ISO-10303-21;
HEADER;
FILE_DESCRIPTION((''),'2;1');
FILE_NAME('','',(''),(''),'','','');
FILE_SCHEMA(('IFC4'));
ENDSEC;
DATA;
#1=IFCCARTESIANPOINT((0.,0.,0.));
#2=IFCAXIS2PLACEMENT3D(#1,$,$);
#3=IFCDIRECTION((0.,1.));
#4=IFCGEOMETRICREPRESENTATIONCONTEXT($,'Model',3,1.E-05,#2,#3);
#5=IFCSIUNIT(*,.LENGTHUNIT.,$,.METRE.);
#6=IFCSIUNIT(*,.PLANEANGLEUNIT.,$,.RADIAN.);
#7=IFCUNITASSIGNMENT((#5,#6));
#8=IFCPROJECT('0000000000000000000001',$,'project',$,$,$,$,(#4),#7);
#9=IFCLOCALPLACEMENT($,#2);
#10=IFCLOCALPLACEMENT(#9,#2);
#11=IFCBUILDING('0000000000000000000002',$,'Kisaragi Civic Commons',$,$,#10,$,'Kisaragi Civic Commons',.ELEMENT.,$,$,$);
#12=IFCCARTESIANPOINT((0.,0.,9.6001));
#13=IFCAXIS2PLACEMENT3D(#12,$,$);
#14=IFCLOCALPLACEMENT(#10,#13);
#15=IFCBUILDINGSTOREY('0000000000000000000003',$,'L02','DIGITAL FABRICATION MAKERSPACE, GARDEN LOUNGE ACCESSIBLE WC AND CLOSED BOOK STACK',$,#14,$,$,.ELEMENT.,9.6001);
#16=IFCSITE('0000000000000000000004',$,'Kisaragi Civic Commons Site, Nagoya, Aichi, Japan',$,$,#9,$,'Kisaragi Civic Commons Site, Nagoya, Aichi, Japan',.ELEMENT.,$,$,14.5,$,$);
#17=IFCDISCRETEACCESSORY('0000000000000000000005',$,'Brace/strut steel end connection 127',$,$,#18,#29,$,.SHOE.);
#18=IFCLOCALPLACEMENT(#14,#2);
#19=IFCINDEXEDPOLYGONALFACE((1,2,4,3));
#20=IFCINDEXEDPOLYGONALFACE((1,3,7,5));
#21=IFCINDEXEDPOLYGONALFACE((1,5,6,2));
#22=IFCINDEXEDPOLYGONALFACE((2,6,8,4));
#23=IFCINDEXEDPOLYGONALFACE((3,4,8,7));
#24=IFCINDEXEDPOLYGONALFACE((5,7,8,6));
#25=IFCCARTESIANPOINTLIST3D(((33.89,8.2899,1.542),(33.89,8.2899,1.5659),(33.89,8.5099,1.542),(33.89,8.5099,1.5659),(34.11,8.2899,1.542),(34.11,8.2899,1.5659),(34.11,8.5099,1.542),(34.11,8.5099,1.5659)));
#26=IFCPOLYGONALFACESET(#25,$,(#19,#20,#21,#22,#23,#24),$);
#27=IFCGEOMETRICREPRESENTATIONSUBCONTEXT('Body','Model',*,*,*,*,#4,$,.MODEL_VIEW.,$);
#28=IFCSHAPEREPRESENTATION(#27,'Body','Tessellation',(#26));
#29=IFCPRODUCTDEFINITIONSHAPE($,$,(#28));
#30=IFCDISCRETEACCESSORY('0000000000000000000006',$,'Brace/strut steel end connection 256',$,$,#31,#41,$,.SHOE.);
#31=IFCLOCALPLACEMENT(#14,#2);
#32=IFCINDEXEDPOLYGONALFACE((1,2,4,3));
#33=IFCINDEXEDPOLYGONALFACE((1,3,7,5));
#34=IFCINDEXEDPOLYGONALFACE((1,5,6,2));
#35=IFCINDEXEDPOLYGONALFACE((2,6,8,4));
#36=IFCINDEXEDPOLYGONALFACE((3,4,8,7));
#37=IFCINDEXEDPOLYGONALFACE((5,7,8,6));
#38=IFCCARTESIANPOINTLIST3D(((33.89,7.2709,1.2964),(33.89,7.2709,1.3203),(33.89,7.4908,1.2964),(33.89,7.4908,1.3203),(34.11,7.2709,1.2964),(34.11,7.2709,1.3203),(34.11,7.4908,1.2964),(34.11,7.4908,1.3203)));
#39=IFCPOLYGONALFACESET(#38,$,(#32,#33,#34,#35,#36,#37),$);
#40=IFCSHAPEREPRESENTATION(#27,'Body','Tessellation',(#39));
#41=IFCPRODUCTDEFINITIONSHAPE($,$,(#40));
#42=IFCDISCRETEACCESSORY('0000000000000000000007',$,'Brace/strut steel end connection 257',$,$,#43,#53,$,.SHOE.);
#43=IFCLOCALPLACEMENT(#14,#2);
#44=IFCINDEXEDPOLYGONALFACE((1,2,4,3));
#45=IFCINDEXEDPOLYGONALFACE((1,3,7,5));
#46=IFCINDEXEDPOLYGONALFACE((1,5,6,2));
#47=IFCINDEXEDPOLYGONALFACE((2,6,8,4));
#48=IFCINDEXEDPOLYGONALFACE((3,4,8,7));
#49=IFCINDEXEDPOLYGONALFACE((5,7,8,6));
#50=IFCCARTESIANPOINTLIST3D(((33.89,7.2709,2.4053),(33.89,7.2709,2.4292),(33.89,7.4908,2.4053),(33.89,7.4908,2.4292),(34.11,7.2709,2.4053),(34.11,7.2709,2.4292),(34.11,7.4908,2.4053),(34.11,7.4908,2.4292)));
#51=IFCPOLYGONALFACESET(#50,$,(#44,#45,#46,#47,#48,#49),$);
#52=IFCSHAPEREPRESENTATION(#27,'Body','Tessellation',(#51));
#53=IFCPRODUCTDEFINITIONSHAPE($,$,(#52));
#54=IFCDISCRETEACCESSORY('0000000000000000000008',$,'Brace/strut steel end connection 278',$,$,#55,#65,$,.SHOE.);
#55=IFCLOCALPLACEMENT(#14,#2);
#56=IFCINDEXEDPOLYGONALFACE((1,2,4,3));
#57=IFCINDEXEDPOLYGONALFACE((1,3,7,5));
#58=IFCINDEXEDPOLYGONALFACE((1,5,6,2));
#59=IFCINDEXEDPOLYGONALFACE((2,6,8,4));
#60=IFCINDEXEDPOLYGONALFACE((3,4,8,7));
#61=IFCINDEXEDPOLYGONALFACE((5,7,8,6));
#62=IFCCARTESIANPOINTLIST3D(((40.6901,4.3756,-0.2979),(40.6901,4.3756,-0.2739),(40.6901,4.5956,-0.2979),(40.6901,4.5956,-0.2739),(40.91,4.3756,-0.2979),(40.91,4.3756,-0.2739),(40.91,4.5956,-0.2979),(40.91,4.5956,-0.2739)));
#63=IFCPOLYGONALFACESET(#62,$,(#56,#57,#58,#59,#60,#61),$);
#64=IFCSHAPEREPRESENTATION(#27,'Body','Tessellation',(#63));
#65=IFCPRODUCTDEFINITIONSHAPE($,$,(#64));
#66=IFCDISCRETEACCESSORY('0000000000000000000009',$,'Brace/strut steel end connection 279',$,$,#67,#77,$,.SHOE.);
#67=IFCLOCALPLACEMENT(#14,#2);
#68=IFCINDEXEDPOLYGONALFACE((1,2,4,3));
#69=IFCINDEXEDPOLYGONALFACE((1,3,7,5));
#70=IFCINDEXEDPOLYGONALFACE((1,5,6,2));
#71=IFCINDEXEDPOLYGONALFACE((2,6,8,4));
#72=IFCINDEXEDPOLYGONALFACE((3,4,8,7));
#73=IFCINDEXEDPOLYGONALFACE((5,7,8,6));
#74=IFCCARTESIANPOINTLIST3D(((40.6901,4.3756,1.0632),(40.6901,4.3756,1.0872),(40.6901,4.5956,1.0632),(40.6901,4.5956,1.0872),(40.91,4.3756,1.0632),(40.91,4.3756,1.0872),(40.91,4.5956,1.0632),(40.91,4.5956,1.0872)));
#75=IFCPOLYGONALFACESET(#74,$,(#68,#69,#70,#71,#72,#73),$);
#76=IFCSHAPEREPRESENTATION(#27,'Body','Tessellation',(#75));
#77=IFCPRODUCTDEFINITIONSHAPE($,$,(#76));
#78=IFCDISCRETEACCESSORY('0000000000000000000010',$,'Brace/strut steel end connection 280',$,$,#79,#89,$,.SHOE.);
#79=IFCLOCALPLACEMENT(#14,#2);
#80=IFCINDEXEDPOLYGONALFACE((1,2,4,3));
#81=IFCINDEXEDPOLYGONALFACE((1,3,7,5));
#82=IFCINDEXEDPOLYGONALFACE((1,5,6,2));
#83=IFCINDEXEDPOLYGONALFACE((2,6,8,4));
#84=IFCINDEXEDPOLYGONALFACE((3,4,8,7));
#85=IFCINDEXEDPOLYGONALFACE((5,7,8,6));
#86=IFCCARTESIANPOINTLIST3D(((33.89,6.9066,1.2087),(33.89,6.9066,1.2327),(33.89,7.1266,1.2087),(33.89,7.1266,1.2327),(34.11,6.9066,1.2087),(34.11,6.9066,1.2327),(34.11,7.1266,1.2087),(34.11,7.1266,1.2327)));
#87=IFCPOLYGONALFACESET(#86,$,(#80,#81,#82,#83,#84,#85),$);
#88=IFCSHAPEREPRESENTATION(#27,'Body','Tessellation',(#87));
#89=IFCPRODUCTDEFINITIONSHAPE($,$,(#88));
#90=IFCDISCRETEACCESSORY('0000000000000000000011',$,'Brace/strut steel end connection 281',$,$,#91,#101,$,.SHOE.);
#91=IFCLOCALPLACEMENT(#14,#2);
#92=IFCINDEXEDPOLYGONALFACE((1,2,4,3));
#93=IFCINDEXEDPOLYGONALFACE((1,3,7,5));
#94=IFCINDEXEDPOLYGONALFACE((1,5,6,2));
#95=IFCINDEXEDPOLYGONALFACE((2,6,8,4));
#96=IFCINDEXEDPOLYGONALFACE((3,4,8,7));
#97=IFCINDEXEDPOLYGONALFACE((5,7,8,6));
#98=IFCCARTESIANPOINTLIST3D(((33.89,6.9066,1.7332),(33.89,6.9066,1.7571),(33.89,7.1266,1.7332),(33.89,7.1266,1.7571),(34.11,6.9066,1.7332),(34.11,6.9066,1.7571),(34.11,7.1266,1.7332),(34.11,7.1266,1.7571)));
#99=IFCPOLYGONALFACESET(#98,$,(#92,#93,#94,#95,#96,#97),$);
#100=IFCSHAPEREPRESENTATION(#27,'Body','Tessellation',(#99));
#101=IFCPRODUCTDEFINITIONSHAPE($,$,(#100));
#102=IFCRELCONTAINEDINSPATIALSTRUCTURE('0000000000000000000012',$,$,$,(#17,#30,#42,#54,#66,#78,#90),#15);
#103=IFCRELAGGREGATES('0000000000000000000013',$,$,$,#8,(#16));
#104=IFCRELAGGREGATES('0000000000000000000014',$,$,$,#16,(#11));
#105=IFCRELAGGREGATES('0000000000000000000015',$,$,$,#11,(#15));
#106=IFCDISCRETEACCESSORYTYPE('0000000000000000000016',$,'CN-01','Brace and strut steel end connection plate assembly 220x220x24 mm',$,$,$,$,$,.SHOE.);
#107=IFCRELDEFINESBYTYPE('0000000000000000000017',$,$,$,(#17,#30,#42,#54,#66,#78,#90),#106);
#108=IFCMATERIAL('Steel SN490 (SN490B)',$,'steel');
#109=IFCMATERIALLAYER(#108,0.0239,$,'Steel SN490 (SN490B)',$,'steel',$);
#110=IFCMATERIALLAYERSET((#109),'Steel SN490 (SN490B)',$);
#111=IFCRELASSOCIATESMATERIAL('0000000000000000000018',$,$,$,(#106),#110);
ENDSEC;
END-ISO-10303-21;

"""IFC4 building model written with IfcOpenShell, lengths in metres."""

from ifc_helpers import new_model, si_unit, direction, frame, origin, origin_2d, place, context, subcontext, project, spatial, rectangle, extrude, material, layer, layer_set, type_object, element, save


model = new_model("IFC4")

# Units and contexts
model_context = context("Model", 3, precision=1e-05, world=origin(), true_north=direction((0.0, 1.0)))
body_context = subcontext(model_context, "Body", "Model", "MODEL_VIEW")
ifc_project = project(units=[si_unit("LENGTHUNIT", "METRE"), si_unit("PLANEANGLEUNIT", "RADIAN")], contexts=[model_context])

# Site, building, storey
site_placement = place(None, origin())
site = spatial("IfcSite", under=ifc_project, at=site_placement, Name="Kisaragi Civic Commons Site, Nagoya, Aichi, Japan", LongName="Kisaragi Civic Commons Site, Nagoya, Aichi, Japan", CompositionType="ELEMENT", RefElevation=14.5)
building_placement = place(site_placement, origin())
building = spatial("IfcBuilding", under=site, at=building_placement, Name="Kisaragi Civic Commons", LongName="Kisaragi Civic Commons", CompositionType="ELEMENT")
storey_placement = place(building_placement, frame((0.0, 0.0, 9.6001)))
storey = spatial("IfcBuildingStorey", under=building, at=storey_placement, Name="L02", Description="DIGITAL FABRICATION MAKERSPACE, GARDEN LOUNGE ACCESSIBLE WC AND CLOSED BOOK STACK", CompositionType="ELEMENT", Elevation=9.6001)

# Shared definitions
ifc_material_1 = material(Name="Steel SN490 (SN490B)", Category="steel")

# Discrete accessories
ifc_layer_1 = layer(ifc_material_1, 0.0239, Name="Steel SN490 (SN490B)", Category="steel")
ifc_layer_set_1 = layer_set([ifc_layer_1], Name="Steel SN490 (SN490B)")
discrete_accessory_type = type_object("IfcDiscreteAccessoryType", Name="CN-01", Description="Brace and strut steel end connection plate assembly 220x220x24 mm", PredefinedType="SHOE", material=ifc_layer_set_1)
for number, where, z_axis, x_axis, name in (
    (1, (34.0, 8.3999, 1.542), (0.0, 0.0, 1.0), (1.0, 0.0, 0.0), "Brace/strut steel end connection 127"),
    (2, (34.0, 7.3809, 1.2964), (0.0, 0.0, 1.0), (1.0, 0.0, 0.0), "Brace/strut steel end connection 256"),
    (3, (34.0, 7.3809, 2.4053), (0.0, 0.0, 1.0), (1.0, 0.0, 0.0), "Brace/strut steel end connection 257"),
    (4, (40.8, 4.4856, -0.2979), (0.0, 0.0, 1.0), (1.0, 0.0, 0.0), "Brace/strut steel end connection 278"),
    (5, (40.8, 4.4856, 1.0632), (0.0, 0.0, 1.0), (1.0, 0.0, 0.0), "Brace/strut steel end connection 279"),
    (6, (34.0, 7.0166, 1.2087), (0.0, 0.0, 1.0), (1.0, 0.0, 0.0), "Brace/strut steel end connection 280"),
    (7, (34.0, 7.0166, 1.7332), (0.0, 0.0, 1.0), (1.0, 0.0, 0.0), "Brace/strut steel end connection 281"),
):
    element("IfcDiscreteAccessory", number, at=place(storey_placement, frame(where, z_axis=z_axis, x_axis=x_axis)), inside=storey, type_object=discrete_accessory_type, Name=name, PredefinedType="SHOE", context=body_context, shape_type="SweptSolid", body=[
        extrude(rectangle(XDim=0.22, YDim=0.22, at=origin_2d()), origin(), (0.0, 0.0, 1.0), 0.0239),
    ])

save(model, "model.ifc")
